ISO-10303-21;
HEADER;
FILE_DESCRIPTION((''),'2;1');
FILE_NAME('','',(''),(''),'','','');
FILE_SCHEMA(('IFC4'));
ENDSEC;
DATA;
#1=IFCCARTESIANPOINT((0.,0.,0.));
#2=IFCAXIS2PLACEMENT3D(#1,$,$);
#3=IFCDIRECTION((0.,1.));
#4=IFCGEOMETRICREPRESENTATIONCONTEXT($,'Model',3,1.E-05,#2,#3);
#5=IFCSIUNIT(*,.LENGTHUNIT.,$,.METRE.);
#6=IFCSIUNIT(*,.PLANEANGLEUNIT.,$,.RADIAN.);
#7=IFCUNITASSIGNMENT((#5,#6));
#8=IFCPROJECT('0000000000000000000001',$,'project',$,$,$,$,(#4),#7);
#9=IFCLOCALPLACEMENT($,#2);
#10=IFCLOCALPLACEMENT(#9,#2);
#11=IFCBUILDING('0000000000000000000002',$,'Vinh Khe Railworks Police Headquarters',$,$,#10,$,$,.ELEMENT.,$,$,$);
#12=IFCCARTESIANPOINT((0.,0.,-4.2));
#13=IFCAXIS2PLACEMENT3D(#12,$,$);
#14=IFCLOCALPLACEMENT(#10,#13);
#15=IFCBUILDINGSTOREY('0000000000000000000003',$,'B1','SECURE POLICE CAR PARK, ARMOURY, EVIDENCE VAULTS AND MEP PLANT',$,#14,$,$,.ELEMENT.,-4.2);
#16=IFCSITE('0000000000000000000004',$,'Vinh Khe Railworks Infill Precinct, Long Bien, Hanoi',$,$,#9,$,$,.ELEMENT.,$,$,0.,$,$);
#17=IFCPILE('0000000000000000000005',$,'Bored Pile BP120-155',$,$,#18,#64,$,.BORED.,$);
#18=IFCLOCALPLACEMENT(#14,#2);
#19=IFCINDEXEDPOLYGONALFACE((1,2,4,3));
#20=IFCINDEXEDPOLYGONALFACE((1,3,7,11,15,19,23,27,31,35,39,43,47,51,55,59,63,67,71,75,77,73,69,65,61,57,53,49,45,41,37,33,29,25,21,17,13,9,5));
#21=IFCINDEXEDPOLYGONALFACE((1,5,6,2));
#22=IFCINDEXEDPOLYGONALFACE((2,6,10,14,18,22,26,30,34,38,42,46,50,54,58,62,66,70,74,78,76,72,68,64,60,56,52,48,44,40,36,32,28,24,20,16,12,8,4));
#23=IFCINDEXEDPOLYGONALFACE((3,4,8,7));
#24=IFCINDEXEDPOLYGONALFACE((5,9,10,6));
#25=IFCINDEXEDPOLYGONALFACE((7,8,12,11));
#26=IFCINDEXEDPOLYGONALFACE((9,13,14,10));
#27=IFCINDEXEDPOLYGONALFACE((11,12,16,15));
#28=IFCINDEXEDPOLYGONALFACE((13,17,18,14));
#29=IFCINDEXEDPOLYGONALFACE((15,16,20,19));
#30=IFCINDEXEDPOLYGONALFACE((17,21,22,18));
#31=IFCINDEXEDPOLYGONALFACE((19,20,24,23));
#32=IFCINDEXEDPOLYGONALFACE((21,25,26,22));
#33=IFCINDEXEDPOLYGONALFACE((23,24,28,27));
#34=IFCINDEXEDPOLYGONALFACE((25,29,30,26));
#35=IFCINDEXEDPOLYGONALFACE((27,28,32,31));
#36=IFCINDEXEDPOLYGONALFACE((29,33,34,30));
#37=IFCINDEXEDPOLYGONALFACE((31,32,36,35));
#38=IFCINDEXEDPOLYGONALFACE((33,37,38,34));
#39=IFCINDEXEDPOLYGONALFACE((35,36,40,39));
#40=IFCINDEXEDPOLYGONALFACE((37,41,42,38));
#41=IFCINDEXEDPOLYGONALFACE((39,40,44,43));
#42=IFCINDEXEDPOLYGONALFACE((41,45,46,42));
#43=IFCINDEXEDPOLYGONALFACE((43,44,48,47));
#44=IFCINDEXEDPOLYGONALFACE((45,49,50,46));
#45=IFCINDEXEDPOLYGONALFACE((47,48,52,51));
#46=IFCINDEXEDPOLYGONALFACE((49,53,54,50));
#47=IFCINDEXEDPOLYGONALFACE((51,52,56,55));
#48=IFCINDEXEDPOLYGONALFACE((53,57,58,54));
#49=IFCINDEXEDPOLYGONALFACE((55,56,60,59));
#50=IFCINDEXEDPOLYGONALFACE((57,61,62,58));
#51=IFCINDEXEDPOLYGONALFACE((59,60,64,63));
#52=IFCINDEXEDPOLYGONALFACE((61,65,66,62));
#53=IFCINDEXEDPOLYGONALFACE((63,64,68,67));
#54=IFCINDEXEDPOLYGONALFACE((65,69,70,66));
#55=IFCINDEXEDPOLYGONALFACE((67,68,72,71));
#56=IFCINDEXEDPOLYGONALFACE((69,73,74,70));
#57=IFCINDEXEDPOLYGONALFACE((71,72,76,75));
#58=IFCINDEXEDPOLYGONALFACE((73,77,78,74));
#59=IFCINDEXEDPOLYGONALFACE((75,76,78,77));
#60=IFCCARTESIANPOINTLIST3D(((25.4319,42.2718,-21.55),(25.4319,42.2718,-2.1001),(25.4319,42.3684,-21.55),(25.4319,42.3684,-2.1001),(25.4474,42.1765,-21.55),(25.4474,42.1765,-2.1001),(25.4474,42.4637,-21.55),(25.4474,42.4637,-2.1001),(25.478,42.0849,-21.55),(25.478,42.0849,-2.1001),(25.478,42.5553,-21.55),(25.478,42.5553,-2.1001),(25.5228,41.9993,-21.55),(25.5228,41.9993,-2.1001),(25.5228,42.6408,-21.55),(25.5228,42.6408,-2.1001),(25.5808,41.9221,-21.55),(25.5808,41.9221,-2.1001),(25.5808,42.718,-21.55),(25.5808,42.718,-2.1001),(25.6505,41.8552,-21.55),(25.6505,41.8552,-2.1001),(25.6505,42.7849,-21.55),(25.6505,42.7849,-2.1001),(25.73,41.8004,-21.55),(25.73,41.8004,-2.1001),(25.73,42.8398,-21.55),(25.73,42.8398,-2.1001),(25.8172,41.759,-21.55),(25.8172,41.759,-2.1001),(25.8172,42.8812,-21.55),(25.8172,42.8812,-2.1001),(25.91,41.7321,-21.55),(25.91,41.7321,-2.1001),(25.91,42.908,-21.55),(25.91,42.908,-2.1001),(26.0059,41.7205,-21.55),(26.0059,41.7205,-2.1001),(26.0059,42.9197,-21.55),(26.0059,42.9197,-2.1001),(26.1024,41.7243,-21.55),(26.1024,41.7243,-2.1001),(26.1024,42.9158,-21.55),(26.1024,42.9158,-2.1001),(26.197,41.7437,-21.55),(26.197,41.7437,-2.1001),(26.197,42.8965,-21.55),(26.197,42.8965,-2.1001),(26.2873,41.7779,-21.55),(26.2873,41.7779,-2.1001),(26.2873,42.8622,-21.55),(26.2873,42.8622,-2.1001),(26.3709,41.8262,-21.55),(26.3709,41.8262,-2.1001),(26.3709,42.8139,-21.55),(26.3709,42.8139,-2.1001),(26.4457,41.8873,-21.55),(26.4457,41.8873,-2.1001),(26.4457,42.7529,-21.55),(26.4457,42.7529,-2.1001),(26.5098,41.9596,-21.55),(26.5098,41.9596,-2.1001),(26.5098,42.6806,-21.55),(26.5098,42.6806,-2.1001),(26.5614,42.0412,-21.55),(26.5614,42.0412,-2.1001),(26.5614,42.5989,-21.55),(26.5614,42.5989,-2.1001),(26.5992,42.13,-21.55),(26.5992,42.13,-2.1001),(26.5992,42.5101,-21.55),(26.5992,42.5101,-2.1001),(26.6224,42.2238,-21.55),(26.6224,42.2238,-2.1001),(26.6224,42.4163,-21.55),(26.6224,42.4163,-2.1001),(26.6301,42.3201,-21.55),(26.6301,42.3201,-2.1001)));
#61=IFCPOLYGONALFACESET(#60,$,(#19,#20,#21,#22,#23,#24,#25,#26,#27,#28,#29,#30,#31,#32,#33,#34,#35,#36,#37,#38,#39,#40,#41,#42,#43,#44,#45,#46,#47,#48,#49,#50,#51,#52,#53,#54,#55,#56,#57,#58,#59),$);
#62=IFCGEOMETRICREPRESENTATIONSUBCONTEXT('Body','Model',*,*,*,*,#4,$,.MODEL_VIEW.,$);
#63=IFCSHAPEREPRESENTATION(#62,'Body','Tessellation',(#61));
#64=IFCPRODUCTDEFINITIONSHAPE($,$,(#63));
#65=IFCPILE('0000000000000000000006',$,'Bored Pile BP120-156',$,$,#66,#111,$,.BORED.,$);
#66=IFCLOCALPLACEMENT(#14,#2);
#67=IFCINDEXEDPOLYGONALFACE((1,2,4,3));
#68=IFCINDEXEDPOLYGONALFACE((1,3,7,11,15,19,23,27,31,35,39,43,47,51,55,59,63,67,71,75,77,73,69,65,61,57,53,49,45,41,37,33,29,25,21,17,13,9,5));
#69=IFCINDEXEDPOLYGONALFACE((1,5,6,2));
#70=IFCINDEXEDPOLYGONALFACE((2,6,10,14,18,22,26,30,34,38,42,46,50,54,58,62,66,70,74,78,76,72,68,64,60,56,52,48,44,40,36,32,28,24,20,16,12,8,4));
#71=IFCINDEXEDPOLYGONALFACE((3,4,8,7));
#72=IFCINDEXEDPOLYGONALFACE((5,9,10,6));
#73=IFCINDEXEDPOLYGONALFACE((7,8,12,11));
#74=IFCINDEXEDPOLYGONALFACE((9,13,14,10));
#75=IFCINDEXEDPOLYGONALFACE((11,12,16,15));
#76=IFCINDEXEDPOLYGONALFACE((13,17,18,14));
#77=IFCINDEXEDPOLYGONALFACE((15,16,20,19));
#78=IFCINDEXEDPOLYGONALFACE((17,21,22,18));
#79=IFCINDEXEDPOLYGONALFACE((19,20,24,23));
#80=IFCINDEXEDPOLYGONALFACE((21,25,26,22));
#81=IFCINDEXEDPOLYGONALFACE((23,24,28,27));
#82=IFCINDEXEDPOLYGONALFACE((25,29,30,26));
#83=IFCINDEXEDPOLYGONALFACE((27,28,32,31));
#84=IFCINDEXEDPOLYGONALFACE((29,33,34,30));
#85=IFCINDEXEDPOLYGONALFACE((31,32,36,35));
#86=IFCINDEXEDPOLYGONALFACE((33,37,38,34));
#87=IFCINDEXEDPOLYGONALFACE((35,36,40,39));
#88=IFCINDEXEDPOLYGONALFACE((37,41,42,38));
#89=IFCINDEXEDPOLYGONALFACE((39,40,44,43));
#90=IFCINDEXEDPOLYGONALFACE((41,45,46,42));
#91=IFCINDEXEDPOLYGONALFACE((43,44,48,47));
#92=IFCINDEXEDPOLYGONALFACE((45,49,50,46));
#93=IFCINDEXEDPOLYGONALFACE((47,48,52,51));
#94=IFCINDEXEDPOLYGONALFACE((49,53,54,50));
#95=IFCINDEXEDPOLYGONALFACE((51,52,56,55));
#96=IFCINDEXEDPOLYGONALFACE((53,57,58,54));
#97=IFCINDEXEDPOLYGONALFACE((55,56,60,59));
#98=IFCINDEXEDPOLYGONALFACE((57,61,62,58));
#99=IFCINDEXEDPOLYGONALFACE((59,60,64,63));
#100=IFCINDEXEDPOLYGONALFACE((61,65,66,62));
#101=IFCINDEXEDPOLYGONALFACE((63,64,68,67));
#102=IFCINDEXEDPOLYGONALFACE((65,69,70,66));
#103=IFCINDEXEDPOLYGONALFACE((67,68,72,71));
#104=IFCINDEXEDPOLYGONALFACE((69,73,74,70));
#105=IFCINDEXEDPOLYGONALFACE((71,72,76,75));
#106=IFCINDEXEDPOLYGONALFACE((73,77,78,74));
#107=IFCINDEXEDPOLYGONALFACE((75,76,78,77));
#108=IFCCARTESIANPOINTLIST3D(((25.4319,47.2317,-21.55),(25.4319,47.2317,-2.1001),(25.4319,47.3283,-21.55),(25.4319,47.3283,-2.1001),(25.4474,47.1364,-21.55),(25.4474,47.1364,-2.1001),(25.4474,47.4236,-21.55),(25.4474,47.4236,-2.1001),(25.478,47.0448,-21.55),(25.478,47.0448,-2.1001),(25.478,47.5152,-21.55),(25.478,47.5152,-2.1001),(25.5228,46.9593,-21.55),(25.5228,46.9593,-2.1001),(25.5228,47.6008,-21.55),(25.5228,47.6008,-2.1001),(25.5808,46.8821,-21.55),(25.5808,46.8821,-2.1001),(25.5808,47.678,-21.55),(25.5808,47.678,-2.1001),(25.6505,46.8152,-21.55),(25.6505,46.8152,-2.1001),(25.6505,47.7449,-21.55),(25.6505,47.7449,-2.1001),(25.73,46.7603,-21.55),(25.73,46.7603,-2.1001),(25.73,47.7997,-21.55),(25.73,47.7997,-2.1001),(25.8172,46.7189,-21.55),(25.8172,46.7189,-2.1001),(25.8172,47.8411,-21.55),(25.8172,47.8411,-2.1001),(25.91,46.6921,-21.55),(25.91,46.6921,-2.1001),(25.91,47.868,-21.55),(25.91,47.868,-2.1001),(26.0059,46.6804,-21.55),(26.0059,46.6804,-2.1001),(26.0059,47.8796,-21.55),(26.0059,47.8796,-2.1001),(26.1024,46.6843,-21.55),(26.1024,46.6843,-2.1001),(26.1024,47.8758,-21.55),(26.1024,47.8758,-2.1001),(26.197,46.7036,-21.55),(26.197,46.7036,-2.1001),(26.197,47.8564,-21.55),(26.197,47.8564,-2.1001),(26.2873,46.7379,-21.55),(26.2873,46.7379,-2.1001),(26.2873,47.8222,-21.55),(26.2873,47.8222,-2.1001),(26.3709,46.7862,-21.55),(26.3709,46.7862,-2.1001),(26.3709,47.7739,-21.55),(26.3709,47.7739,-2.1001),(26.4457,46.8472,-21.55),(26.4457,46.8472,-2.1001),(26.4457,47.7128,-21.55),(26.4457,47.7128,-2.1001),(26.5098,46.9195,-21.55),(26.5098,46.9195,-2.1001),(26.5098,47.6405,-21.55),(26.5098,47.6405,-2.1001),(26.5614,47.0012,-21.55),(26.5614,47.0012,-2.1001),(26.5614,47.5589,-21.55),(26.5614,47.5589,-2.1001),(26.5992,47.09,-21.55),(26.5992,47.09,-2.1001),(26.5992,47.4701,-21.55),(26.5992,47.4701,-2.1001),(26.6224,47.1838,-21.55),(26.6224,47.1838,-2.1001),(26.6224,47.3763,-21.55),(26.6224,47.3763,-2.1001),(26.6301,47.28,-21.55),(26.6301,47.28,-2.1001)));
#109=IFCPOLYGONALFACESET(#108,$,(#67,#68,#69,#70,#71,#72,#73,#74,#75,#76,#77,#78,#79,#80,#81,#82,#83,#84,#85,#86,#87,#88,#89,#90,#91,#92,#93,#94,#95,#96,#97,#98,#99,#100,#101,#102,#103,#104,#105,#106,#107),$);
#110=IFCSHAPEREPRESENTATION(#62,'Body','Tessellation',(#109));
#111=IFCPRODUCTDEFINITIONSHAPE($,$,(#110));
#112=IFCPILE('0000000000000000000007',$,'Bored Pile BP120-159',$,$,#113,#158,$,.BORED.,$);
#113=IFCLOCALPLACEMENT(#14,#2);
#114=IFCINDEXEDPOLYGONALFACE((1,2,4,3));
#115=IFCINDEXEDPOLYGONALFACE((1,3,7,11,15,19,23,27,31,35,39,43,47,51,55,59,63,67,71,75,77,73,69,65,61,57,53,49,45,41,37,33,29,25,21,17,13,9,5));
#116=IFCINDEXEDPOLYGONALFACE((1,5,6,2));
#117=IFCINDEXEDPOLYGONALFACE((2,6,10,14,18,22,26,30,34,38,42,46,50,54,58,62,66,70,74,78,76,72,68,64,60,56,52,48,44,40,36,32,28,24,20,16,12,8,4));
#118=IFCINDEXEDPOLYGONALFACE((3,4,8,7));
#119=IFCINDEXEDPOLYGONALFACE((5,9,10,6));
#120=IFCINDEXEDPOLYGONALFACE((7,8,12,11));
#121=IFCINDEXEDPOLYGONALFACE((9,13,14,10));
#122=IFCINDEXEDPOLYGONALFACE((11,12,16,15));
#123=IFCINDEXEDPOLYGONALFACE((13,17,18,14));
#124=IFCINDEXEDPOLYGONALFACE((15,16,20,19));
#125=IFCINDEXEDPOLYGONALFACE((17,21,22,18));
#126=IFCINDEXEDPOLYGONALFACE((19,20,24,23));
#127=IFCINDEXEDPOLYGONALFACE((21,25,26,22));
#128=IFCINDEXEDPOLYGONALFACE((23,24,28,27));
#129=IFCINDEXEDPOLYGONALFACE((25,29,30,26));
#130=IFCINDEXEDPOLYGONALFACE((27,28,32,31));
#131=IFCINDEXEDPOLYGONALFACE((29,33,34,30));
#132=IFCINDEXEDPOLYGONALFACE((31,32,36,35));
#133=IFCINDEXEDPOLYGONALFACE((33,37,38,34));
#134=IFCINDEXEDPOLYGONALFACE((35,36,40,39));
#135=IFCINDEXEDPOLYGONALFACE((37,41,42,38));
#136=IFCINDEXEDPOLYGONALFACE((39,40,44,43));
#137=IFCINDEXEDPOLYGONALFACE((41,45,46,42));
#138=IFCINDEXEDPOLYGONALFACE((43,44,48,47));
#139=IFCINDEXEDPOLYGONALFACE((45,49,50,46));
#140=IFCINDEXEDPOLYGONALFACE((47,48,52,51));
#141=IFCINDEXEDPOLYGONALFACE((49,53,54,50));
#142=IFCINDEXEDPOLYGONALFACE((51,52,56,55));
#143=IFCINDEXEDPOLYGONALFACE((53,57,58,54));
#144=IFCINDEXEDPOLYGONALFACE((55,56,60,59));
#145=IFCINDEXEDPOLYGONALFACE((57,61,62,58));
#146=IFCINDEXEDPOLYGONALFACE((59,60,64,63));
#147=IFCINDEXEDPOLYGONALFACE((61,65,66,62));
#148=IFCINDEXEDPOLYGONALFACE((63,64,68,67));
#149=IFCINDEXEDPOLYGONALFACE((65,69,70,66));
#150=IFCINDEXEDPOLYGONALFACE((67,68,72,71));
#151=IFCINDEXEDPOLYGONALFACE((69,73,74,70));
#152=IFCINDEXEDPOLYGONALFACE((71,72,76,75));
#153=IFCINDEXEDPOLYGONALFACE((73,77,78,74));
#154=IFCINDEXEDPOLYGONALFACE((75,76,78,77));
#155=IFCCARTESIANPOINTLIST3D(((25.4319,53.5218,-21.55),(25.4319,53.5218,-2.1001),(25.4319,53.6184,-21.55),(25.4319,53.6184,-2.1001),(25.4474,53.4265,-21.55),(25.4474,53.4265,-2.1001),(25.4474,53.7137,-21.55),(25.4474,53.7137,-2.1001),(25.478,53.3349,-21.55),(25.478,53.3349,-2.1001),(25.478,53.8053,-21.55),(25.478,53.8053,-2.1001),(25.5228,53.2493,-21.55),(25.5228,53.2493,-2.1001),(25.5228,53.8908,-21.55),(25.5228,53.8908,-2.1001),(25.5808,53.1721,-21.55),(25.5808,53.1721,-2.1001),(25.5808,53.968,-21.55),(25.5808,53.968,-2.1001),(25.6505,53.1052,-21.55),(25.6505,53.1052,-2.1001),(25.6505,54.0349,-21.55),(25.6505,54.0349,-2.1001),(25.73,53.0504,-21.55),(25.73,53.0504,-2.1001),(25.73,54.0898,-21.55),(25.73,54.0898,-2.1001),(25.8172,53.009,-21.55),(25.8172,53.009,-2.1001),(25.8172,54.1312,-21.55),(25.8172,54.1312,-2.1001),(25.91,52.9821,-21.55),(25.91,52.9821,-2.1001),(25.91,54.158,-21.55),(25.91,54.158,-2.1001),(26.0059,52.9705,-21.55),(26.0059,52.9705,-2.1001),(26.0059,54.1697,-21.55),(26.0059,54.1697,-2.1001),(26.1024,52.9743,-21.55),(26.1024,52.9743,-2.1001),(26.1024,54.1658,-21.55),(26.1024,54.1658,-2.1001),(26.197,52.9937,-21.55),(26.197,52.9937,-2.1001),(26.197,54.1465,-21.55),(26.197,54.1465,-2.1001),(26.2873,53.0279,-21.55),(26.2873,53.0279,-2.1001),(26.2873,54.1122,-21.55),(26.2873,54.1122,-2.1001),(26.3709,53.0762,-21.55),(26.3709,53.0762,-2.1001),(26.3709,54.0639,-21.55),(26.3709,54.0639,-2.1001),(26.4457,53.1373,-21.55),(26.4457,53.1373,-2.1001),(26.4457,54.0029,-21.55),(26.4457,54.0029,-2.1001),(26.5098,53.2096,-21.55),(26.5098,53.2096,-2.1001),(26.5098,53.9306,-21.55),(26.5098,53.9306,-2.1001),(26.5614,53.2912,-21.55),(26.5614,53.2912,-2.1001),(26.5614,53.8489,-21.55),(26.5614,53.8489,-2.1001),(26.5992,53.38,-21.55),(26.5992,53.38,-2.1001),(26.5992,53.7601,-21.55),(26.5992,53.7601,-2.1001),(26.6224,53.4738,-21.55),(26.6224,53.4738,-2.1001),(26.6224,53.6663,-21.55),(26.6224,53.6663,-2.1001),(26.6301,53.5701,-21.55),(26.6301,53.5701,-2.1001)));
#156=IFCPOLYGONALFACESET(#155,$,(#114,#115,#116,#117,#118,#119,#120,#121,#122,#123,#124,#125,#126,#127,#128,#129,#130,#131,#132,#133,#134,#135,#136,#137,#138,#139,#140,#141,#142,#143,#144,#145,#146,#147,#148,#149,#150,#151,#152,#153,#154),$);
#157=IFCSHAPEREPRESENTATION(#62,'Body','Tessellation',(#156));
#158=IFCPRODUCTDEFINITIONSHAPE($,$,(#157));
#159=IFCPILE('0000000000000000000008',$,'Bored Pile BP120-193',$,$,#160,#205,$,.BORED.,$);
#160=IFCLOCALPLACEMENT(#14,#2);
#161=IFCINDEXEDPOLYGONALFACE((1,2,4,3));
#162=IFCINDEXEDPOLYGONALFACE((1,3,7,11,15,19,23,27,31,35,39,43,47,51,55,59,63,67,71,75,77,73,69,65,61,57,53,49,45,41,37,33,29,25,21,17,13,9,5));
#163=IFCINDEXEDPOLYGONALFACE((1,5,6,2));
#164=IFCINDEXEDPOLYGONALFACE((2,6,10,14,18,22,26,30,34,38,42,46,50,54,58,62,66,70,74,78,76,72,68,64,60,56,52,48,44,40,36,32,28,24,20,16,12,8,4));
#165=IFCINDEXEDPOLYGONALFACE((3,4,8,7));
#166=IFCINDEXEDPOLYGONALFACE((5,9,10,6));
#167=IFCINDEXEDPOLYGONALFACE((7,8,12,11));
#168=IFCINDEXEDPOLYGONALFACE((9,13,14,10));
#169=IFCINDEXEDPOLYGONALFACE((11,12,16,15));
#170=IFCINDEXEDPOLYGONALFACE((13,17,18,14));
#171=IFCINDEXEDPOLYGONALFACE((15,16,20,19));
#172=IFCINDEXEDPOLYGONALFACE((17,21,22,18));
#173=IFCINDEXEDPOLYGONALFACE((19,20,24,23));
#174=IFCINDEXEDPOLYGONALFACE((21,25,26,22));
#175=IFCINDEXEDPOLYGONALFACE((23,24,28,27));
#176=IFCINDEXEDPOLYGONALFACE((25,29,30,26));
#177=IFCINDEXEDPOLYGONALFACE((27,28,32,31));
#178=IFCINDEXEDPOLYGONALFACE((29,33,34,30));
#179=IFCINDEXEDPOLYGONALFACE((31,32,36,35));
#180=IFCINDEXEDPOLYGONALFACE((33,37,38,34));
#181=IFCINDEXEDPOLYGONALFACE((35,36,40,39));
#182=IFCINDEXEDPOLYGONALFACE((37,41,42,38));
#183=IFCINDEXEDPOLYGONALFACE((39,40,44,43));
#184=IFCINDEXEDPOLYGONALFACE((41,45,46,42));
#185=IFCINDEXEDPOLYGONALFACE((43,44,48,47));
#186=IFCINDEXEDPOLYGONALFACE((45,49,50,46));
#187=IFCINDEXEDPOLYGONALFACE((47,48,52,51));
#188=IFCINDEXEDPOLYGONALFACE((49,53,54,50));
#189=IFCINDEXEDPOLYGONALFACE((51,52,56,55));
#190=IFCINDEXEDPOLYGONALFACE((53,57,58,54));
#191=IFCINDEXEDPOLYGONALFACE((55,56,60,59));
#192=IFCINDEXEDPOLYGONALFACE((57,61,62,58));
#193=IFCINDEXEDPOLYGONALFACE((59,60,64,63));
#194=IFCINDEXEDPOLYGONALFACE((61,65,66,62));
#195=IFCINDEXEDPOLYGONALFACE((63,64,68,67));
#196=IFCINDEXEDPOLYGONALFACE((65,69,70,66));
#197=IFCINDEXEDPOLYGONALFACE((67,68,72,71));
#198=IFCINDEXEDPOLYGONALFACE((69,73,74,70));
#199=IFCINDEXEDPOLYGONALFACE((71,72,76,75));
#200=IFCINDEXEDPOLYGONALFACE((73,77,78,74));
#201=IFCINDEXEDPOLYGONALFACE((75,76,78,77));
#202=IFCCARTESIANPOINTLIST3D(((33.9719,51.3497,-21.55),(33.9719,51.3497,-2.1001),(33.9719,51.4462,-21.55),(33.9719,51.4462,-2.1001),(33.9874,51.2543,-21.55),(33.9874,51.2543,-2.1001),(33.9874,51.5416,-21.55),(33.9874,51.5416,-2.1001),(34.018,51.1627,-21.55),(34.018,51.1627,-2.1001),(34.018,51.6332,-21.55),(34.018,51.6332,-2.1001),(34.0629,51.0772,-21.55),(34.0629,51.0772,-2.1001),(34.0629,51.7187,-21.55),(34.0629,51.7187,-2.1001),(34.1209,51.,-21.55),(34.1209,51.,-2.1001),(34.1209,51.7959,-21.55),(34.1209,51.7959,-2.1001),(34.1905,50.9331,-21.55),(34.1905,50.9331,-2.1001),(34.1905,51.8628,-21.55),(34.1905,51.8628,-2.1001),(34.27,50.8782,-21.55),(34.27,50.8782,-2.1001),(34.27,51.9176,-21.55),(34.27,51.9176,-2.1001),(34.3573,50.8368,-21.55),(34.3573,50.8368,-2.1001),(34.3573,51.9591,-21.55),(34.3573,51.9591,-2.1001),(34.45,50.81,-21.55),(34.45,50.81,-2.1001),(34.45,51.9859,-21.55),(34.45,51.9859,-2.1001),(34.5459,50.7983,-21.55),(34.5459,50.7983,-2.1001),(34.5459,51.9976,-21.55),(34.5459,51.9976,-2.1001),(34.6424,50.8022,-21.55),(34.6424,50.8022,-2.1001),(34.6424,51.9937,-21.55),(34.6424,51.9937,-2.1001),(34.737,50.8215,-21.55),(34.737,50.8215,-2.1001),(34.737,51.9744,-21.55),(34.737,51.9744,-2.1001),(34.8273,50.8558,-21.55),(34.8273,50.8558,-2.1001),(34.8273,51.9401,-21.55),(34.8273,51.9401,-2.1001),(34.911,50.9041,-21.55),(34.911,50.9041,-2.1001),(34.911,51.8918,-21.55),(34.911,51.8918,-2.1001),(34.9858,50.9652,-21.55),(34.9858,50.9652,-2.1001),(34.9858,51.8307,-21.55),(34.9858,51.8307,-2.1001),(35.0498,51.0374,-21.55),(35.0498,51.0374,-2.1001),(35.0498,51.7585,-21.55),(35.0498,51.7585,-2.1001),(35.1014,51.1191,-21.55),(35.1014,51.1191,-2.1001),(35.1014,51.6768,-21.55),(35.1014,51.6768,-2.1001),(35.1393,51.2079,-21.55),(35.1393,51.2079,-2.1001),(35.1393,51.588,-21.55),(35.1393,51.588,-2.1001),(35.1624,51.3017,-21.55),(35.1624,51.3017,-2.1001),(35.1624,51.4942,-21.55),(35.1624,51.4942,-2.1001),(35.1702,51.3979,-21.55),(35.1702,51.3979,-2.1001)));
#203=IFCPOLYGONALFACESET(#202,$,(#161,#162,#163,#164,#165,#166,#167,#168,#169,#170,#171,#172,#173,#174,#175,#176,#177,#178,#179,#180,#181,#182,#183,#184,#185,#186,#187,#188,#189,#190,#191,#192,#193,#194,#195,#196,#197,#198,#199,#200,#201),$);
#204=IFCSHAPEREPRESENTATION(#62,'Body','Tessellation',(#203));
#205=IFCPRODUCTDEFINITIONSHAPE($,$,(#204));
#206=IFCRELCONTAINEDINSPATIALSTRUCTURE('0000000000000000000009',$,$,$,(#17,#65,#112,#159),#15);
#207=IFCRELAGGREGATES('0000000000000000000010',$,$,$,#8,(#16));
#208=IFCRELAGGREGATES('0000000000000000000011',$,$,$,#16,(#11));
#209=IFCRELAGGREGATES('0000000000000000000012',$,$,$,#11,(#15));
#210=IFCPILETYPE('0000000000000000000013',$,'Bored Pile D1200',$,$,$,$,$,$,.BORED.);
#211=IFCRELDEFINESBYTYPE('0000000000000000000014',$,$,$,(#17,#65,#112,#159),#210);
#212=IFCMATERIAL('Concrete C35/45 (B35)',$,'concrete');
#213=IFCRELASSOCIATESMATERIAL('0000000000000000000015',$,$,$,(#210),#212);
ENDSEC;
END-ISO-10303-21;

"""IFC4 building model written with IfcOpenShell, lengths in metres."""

from ifc_helpers import new_model, si_unit, direction, frame, origin, origin_2d, place, context, subcontext, project, spatial, circle, extrude, material, material_profile, profile_set, type_object, element, save


model = new_model("IFC4")

# Units and contexts
model_context = context("Model", 3, precision=1e-05, world=origin(), true_north=direction((0.0, 1.0)))
body_context = subcontext(model_context, "Body", "Model", "MODEL_VIEW")
ifc_project = project(units=[si_unit("LENGTHUNIT", "METRE"), si_unit("PLANEANGLEUNIT", "RADIAN")], contexts=[model_context])

# Site, building, storey
site_placement = place(None, origin())
site = spatial("IfcSite", under=ifc_project, at=site_placement, Name="Vinh Khe Railworks Infill Precinct, Long Bien, Hanoi", CompositionType="ELEMENT", RefElevation=0.0)
building_placement = place(site_placement, origin())
building = spatial("IfcBuilding", under=site, at=building_placement, Name="Vinh Khe Railworks Police Headquarters", CompositionType="ELEMENT")
storey_placement = place(building_placement, frame((0.0, 0.0, -4.2)))
storey = spatial("IfcBuildingStorey", under=building, at=storey_placement, Name="B1", Description="SECURE POLICE CAR PARK, ARMOURY, EVIDENCE VAULTS AND MEP PLANT", CompositionType="ELEMENT", Elevation=-4.2)

# Piles
ifc_material_1 = material(Name="Concrete C35/45 (B35)", Category="concrete")
ifc_material_profile_1 = material_profile(ifc_material_1, circle(Radius=0.6001, at=origin_2d()), Name="BORED PILE D1200")
ifc_profile_set_1 = profile_set([ifc_material_profile_1], Name="Concrete C35/45 (B35)")
pile_type_1 = type_object("IfcPileType", Name="Bored Pile D1200", PredefinedType="BORED", material=ifc_profile_set_1)
for number, where, z_axis, x_axis, name in (
    (1, (26.03, 42.3201, -2.1001), (0.0, 0.0, -1.0), (1.0, 0.0, 0.0), "Bored Pile BP120-155"),
    (2, (26.03, 47.28, -2.1001), (0.0, 0.0, -1.0), (1.0, 0.0, 0.0), "Bored Pile BP120-156"),
    (3, (26.03, 53.5701, -2.1001), (0.0, 0.0, -1.0), (1.0, 0.0, 0.0), "Bored Pile BP120-159"),
    (4, (34.5701, 51.3979, -2.1001), (0.0, 0.0, -1.0), (1.0, 0.0, 0.0), "Bored Pile BP120-193"),
):
    element("IfcPile", number, at=place(storey_placement, frame(where, z_axis=z_axis, x_axis=x_axis)), inside=storey, type_object=pile_type_1, Name=name, PredefinedType="BORED", context=body_context, shape_type="SweptSolid", body=[
        extrude(circle(Radius=0.6001, at=origin_2d()), origin(), (0.0, 0.0, 1.0), 19.45),
    ])

save(model, "model.ifc")
